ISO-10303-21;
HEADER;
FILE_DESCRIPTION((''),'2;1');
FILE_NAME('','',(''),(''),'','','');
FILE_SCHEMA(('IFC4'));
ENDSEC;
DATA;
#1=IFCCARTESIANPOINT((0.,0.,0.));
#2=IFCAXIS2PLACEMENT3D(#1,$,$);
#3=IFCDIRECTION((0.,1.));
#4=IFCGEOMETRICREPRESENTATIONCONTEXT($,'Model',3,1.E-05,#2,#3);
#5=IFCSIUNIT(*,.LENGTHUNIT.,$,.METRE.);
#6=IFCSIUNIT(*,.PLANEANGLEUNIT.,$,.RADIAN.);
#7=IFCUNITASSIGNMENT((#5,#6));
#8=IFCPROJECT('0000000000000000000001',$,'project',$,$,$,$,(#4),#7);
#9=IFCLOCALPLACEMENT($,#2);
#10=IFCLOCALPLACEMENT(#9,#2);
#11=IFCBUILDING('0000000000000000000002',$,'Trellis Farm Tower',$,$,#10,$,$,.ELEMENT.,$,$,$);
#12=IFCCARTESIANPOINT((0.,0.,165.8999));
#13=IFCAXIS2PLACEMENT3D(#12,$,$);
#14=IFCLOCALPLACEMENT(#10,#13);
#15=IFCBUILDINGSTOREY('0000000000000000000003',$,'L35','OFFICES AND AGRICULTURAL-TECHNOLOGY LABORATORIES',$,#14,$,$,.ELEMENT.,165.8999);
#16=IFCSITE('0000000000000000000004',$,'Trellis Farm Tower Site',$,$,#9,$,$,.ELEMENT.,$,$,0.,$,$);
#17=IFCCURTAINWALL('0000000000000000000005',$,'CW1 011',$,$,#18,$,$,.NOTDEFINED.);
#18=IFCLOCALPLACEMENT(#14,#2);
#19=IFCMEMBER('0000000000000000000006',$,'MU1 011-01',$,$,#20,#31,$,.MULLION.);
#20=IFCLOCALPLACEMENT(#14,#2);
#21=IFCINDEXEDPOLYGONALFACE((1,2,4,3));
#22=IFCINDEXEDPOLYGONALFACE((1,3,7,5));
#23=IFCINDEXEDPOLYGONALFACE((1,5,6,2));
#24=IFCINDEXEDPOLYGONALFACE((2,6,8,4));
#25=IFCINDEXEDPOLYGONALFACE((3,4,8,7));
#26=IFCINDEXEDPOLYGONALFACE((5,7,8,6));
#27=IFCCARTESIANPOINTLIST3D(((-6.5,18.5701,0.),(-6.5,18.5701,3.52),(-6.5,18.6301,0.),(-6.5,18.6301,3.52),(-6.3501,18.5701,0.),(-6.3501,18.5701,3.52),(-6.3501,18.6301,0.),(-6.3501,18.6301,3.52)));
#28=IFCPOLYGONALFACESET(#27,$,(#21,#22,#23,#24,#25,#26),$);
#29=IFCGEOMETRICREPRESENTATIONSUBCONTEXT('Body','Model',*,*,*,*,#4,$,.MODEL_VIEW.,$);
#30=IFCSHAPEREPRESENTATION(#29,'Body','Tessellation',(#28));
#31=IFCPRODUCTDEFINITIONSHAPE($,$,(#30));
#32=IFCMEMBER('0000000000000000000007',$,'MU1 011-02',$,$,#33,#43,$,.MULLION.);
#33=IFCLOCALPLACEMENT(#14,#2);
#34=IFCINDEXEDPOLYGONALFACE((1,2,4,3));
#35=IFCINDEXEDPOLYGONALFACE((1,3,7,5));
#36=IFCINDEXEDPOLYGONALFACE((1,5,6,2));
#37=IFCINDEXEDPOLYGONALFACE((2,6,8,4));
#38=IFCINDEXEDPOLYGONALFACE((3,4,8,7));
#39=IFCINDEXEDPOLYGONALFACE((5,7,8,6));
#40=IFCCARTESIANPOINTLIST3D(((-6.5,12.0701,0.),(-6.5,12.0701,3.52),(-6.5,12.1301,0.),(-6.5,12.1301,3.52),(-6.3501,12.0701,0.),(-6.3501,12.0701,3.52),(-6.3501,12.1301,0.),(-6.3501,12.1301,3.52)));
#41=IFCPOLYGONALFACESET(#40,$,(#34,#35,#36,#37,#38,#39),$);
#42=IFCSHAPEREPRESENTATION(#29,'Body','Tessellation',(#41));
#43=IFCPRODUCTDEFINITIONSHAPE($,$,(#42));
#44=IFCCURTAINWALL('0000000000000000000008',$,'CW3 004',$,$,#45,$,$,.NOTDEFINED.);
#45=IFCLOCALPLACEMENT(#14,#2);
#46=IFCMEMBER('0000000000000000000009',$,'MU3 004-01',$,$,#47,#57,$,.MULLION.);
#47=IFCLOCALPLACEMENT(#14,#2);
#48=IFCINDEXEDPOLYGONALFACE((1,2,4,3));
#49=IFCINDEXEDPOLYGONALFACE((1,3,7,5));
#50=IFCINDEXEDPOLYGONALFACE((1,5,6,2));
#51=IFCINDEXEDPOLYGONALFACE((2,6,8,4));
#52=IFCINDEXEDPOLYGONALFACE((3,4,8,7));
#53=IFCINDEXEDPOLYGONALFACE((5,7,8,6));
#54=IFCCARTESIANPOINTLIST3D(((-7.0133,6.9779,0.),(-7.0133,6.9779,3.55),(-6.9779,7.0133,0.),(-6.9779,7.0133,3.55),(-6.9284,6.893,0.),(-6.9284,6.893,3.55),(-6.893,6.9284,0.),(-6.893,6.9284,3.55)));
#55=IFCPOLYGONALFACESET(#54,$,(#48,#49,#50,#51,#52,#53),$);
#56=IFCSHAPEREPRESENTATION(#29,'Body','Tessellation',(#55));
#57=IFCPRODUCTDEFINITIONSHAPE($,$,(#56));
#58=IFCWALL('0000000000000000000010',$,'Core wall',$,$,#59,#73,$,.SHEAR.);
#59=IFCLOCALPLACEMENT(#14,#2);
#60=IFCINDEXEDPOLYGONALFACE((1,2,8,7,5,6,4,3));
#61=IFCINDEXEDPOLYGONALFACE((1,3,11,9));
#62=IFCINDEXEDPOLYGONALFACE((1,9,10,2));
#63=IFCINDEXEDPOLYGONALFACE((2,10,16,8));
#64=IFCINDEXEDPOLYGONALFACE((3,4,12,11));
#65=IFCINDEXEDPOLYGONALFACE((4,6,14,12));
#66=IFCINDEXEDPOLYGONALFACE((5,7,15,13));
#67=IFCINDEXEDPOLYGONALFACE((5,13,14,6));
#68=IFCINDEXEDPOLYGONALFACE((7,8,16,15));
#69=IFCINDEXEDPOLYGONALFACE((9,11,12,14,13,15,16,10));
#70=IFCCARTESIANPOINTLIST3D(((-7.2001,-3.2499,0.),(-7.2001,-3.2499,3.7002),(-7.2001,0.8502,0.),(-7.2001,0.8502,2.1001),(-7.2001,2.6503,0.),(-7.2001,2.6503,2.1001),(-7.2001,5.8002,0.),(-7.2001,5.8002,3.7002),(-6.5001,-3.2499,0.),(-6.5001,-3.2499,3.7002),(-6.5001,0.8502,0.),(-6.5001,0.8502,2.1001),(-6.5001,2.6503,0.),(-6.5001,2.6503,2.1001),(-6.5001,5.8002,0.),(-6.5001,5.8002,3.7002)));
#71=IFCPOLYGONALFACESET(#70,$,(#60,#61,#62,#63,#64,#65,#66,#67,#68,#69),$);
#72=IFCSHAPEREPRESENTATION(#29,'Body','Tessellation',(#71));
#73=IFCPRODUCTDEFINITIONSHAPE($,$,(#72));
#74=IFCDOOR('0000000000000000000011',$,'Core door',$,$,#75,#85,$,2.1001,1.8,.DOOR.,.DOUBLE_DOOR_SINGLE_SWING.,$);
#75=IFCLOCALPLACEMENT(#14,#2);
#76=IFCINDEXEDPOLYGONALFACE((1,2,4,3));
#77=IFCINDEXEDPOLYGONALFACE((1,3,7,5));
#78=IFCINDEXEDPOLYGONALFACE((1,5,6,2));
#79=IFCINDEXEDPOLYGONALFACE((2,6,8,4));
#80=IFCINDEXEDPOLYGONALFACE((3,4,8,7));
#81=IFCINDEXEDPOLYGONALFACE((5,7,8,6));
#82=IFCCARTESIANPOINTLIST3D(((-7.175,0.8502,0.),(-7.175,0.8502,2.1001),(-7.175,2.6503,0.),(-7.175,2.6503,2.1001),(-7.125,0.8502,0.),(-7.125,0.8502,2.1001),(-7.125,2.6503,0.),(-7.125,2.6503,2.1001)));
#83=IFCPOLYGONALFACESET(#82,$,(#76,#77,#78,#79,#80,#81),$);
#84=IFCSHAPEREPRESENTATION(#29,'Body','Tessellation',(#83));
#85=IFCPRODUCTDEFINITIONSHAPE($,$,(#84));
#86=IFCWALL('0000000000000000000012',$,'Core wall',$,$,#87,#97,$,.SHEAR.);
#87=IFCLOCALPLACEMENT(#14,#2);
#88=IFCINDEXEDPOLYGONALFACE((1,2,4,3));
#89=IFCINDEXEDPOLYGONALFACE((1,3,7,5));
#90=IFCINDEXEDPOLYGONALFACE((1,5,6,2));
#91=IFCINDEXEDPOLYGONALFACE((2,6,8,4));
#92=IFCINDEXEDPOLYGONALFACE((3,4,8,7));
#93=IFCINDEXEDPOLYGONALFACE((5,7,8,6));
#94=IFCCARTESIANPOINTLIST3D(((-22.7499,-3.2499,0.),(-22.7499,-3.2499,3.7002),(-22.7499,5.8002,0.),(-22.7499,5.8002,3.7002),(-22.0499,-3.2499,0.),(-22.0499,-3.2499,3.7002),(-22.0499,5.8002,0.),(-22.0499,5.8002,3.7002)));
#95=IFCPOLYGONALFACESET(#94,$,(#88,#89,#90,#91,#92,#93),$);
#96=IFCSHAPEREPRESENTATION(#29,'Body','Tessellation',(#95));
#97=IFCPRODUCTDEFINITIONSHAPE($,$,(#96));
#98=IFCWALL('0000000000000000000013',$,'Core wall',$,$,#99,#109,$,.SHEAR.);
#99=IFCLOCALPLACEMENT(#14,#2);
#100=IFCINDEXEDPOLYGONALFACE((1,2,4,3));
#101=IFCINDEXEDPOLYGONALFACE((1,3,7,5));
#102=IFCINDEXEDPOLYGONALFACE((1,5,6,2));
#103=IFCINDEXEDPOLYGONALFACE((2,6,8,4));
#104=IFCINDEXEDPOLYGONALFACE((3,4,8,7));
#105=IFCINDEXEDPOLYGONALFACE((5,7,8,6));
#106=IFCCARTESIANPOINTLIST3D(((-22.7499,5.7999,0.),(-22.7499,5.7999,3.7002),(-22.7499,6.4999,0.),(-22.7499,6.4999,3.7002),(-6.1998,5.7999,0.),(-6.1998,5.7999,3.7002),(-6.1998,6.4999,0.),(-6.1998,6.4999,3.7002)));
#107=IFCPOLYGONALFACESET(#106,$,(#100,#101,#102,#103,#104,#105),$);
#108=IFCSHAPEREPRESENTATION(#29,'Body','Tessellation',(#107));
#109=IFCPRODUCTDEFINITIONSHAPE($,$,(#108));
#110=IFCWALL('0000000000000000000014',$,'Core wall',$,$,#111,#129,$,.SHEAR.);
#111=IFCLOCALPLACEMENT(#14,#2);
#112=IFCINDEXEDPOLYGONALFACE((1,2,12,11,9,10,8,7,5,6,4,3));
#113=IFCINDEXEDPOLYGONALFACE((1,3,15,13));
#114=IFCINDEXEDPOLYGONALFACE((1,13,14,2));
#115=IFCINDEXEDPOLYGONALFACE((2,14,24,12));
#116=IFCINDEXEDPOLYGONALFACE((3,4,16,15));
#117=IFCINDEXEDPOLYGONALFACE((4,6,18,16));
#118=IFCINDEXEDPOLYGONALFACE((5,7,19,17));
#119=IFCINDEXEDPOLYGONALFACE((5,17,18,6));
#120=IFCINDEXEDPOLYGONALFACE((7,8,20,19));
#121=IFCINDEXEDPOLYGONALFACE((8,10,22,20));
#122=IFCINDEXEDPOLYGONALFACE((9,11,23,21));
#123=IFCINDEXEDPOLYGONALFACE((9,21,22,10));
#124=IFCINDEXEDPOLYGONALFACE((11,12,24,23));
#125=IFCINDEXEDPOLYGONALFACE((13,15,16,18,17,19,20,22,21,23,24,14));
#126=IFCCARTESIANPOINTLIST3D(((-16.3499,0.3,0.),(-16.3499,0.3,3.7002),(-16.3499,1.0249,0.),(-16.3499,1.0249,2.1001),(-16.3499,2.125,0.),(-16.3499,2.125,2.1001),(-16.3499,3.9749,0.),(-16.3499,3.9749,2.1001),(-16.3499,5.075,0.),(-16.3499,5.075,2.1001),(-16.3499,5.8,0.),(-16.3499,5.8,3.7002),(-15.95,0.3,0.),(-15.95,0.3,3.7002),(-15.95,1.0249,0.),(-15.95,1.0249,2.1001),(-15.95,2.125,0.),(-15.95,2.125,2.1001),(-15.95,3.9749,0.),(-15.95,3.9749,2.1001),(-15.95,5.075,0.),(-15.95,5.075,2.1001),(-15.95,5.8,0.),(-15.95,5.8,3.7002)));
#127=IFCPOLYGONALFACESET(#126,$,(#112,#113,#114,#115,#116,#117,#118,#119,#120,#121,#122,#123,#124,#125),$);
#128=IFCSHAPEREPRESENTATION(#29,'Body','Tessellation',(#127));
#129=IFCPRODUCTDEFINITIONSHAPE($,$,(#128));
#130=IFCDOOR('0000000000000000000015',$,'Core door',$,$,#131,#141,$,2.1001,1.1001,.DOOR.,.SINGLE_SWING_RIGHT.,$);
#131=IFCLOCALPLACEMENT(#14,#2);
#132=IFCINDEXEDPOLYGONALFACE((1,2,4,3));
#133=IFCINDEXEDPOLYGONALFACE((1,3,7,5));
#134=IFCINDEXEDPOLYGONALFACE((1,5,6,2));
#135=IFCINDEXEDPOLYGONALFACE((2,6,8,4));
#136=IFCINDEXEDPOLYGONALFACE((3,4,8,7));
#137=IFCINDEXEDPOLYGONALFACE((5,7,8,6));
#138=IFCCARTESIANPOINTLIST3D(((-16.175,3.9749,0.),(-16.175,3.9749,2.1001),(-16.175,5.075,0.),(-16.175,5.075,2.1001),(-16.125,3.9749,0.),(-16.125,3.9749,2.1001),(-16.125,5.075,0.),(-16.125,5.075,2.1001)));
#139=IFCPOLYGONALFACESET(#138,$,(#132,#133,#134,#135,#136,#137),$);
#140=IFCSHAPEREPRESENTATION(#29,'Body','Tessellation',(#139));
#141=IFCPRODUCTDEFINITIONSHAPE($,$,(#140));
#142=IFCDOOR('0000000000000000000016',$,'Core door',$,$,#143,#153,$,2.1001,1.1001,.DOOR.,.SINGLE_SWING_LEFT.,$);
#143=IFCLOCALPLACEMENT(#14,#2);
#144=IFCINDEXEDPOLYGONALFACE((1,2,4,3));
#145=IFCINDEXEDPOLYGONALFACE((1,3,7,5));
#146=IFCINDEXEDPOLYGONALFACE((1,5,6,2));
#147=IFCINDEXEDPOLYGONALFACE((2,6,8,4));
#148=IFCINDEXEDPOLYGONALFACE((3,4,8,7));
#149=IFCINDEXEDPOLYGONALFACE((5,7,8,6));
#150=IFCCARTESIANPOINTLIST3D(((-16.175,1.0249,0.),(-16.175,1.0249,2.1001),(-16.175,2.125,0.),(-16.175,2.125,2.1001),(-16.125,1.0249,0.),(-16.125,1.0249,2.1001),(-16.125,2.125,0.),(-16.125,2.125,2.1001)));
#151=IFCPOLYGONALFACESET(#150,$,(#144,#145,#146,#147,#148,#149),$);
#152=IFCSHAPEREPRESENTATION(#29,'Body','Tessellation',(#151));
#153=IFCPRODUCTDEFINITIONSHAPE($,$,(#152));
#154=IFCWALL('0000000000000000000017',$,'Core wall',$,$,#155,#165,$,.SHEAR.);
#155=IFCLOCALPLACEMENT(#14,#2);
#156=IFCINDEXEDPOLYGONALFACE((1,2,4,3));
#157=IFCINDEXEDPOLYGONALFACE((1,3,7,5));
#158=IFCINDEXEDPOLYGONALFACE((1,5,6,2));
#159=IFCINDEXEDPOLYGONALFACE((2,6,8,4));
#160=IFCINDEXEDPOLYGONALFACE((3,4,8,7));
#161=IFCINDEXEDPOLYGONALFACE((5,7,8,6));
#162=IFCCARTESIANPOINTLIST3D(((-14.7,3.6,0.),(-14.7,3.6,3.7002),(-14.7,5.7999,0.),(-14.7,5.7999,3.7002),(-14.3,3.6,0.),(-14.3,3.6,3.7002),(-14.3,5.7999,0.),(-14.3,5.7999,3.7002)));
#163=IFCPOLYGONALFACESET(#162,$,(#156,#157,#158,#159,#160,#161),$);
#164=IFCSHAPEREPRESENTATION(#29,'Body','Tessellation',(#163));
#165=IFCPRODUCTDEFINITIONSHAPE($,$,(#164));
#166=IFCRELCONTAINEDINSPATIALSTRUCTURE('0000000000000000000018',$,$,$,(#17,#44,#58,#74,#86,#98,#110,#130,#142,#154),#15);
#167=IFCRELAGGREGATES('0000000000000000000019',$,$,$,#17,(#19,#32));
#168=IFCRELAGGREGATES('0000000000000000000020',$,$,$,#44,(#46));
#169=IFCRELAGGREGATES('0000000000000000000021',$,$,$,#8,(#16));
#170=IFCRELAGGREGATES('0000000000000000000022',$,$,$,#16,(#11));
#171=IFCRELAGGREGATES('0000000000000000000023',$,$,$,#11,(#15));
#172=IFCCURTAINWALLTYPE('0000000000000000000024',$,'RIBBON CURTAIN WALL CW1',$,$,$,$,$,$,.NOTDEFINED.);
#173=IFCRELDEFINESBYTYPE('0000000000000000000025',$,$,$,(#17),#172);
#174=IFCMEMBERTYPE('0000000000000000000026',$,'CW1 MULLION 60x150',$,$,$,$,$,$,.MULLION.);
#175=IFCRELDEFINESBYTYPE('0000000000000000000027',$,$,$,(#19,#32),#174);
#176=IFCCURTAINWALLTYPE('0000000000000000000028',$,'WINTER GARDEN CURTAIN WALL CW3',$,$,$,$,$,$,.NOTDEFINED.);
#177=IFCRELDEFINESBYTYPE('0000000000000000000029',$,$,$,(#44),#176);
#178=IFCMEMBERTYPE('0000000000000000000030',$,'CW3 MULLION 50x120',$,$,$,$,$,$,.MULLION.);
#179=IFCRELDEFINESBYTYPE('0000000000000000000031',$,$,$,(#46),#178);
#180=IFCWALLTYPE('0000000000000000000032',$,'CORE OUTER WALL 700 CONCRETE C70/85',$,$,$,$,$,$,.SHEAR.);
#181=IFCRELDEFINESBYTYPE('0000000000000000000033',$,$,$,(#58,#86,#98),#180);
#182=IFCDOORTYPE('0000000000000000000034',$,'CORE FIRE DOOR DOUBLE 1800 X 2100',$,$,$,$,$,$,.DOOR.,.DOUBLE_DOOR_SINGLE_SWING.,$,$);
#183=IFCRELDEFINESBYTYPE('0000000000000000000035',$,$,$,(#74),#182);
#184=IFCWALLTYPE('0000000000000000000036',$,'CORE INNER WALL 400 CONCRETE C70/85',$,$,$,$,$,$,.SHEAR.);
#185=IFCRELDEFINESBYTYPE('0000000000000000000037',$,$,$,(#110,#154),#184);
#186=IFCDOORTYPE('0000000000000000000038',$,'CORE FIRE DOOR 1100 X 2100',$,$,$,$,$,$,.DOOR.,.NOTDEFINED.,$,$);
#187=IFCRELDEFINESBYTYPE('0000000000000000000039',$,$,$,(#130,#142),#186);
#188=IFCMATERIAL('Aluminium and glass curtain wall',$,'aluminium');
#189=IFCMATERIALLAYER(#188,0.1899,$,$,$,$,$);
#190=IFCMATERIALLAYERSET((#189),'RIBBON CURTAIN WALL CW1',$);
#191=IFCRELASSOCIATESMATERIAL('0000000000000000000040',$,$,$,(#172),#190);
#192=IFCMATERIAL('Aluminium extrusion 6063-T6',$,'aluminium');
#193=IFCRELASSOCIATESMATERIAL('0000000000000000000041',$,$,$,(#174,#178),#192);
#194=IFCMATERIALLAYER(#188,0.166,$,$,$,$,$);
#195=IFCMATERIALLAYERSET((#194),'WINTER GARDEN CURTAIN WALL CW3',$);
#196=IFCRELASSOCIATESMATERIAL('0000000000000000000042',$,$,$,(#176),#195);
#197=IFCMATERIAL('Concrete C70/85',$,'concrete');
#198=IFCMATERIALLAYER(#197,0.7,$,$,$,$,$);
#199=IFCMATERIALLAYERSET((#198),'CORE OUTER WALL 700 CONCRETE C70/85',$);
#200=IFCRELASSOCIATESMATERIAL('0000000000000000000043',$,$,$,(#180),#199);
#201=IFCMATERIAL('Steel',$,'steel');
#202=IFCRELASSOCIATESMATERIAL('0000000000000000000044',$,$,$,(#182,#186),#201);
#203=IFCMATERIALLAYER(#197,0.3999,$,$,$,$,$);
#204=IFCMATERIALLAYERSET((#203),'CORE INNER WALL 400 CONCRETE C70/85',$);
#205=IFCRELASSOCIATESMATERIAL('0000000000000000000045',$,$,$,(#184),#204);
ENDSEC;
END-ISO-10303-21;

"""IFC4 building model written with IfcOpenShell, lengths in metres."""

from ifc_helpers import new_model, si_unit, direction, frame, frame_2d, origin, origin_2d, place, context, subcontext, project, spatial, rectangle, extrude, source, transform, mapped, material, layer, layer_set, material_profile, profile_set, type_object, element, fill, aggregate, save


model = new_model("IFC4")

# Units and contexts
model_context = context("Model", 3, precision=1e-05, world=origin(), true_north=direction((0.0, 1.0)))
body_context = subcontext(model_context, "Body", "Model", "MODEL_VIEW")
ifc_project = project(units=[si_unit("LENGTHUNIT", "METRE"), si_unit("PLANEANGLEUNIT", "RADIAN")], contexts=[model_context])

# Site, building, storey
site_placement = place(None, origin())
site = spatial("IfcSite", under=ifc_project, at=site_placement, Name="Trellis Farm Tower Site", CompositionType="ELEMENT", RefElevation=0.0)
building_placement = place(site_placement, origin())
building = spatial("IfcBuilding", under=site, at=building_placement, Name="Trellis Farm Tower", CompositionType="ELEMENT")
storey_placement = place(building_placement, frame((0.0, 0.0, 165.8999)))
storey = spatial("IfcBuildingStorey", under=building, at=storey_placement, Name="L35", Description="OFFICES AND AGRICULTURAL-TECHNOLOGY LABORATORIES", CompositionType="ELEMENT", Elevation=165.8999)

# Shared definitions
ifc_material_1 = material(Name="Concrete C70/85", Category="concrete")

# Shared definitions
ifc_material_2 = material(Name="Aluminium and glass curtain wall", Category="aluminium")
ifc_layer_1 = layer(ifc_material_2, 0.1899)
ifc_layer_set_1 = layer_set([ifc_layer_1], Name="RIBBON CURTAIN WALL CW1")
curtain_wall_type_1 = type_object("IfcCurtainWallType", Name="RIBBON CURTAIN WALL CW1", PredefinedType="NOTDEFINED", material=ifc_layer_set_1)
placement = place(storey_placement, origin())
ifc_material_3 = material(Name="Aluminium extrusion 6063-T6", Category="aluminium")
ifc_material_profile_1 = material_profile(ifc_material_3, rectangle(XDim=0.0601, YDim=0.1499, at=origin_2d()), Name="MULLION 60x150")
ifc_profile_set_1 = profile_set([ifc_material_profile_1], Name="Aluminium extrusion 6063-T6")
member_type_1 = type_object("IfcMemberType", Name="CW1 MULLION 60x150", PredefinedType="MULLION", material=ifc_profile_set_1)
shared_shape_1 = source(origin(), body_context, "Body", "SweptSolid", [
    extrude(rectangle(XDim=0.0601, YDim=0.1499, at=origin_2d()), origin(), (0.0, 0.0, 1.0), 3.52),
])

# Curtain wall, members
curtain_wall_1 = element("IfcCurtainWall", 1, at=placement, inside=storey, type_object=curtain_wall_type_1, Name="CW1 011", PredefinedType="NOTDEFINED")
member_1_placement = place(storey_placement, frame((-6.425, 18.6001, 0.0), z_axis=(0.0, 0.0, 1.0), x_axis=(0.0, -1.0, 0.0)))
member_1 = element("IfcMember", 2, at=member_1_placement, type_object=member_type_1, Name="MU1 011-01", PredefinedType="MULLION", context=body_context, shape_type="MappedRepresentation", body=[
    mapped(shared_shape_1, transform((0.0, 0.0, 0.0))),
])
member_2_placement = place(storey_placement, frame((-6.425, 12.1001, 0.0), z_axis=(0.0, 0.0, 1.0), x_axis=(0.0, -1.0, 0.0)))
member_2 = element("IfcMember", 3, at=member_2_placement, type_object=member_type_1, Name="MU1 011-02", PredefinedType="MULLION", context=body_context, shape_type="MappedRepresentation", body=[
    mapped(shared_shape_1, transform((0.0, 0.0, 0.0))),
])
aggregate(curtain_wall_1, [member_1, member_2])

# Curtain wall, member
ifc_layer_2 = layer(ifc_material_2, 0.166)
ifc_layer_set_2 = layer_set([ifc_layer_2], Name="WINTER GARDEN CURTAIN WALL CW3")
curtain_wall_type_2 = type_object("IfcCurtainWallType", Name="WINTER GARDEN CURTAIN WALL CW3", PredefinedType="NOTDEFINED", material=ifc_layer_set_2)
curtain_wall_2 = element("IfcCurtainWall", 4, at=placement, inside=storey, type_object=curtain_wall_type_2, Name="CW3 004", PredefinedType="NOTDEFINED")
ifc_material_profile_2 = material_profile(ifc_material_3, rectangle(XDim=0.05, YDim=0.1201, at=origin_2d()), Name="MULLION 50x120")
ifc_profile_set_2 = profile_set([ifc_material_profile_2], Name="Aluminium extrusion 6063-T6")
member_type_2 = type_object("IfcMemberType", Name="CW3 MULLION 50x120", PredefinedType="MULLION", material=ifc_profile_set_2)
shared_shape_2 = source(origin(), body_context, "Body", "SweptSolid", [
    extrude(rectangle(XDim=0.05, YDim=0.1201, at=origin_2d()), origin(), (0.0, 0.0, 1.0), 3.55),
])
member_3_placement = place(storey_placement, frame((-6.9531, 6.9531, 0.0), z_axis=(0.0, 0.0, 1.0), x_axis=(-0.707107, -0.707107, 0.0)))
member_3 = element("IfcMember", 5, at=member_3_placement, type_object=member_type_2, Name="MU3 004-01", PredefinedType="MULLION", context=body_context, shape_type="MappedRepresentation", body=[
    mapped(shared_shape_2, transform((0.0, 0.0, 0.0))),
])
aggregate(curtain_wall_2, [member_3])

# Wall, opening, door
ifc_layer_3 = layer(ifc_material_1, 0.7)
ifc_layer_set_3 = layer_set([ifc_layer_3], Name="CORE OUTER WALL 700 CONCRETE C70/85")
wall_type_1 = type_object("IfcWallType", Name="CORE OUTER WALL 700 CONCRETE C70/85", PredefinedType="SHEAR", material=ifc_layer_set_3)
shared_shape_3 = source(origin(), body_context, "Body", "SweptSolid", [
    extrude(rectangle(XDim=9.05, YDim=0.7, at=frame_2d((4.5249, 0.0))), origin(), (0.0, 0.0, 1.0), 3.7002),
])
wall_1_placement = place(storey_placement, frame((-6.8501, 5.8, 0.0), z_axis=(0.0, 0.0, 1.0), x_axis=(0.0, -1.0, 0.0)))
wall_1 = element("IfcWall", 6, at=wall_1_placement, inside=storey, type_object=wall_type_1, Name="Core wall", PredefinedType="SHEAR", context=body_context, shape_type="MappedRepresentation", body=[
    mapped(shared_shape_3, transform((0.0, 0.0, 0.0))),
])
shared_shape_4 = source(origin(), body_context, "Body", "SweptSolid", [
    extrude(rectangle(XDim=1.8, YDim=2.1001, at=frame_2d((0.8999, 1.05))), frame((0.0, 0.3601, 0.0), z_axis=(0.0, -1.0, 0.0), x_axis=(1.0, 0.0, 0.0)), (0.0, 0.0, 1.0), 0.7202),
])
opening_1_placement = place(wall_1_placement, frame((3.1499, 0.0, 0.0)))
opening_1 = element("IfcOpeningElement", 7, at=opening_1_placement, cuts=wall_1, PredefinedType="OPENING", context=body_context, shape_type="MappedRepresentation", body=[
    mapped(shared_shape_4, transform((0.0, 0.0, 0.0))),
])
ifc_material_4 = material(Name="Steel", Category="steel")
door_type_1 = type_object("IfcDoorType", Name="CORE FIRE DOOR DOUBLE 1800 X 2100", OperationType="DOUBLE_DOOR_SINGLE_SWING", PredefinedType="DOOR", material=ifc_material_4)
shared_shape_5 = source(origin(), body_context, "Body", "SweptSolid", [
    extrude(rectangle(XDim=1.8, YDim=2.1001, at=frame_2d((0.8999, 1.05))), frame((0.0, -0.2749, 0.0), z_axis=(0.0, -1.0, 0.0), x_axis=(1.0, 0.0, 0.0)), (0.0, 0.0, 1.0), 0.05),
])
door_1_placement = place(opening_1_placement, origin())
door_1 = element("IfcDoor", 8, at=door_1_placement, inside=storey, type_object=door_type_1, Name="Core door", OperationType="DOUBLE_DOOR_SINGLE_SWING", OverallHeight=2.1001, OverallWidth=1.8, PredefinedType="DOOR", context=body_context, shape_type="MappedRepresentation", body=[
    mapped(shared_shape_5, transform((0.0, 0.0, 0.0))),
])
fill(opening_1, door_1)

# Walls
wall_2_placement = place(storey_placement, frame((-22.3999, 5.8, 0.0), z_axis=(0.0, 0.0, 1.0), x_axis=(0.0, -1.0, 0.0)))
element("IfcWall", 9, at=wall_2_placement, inside=storey, type_object=wall_type_1, Name="Core wall", PredefinedType="SHEAR", context=body_context, shape_type="MappedRepresentation", body=[
    mapped(shared_shape_3, transform((0.0, 0.0, 0.0))),
])
shared_shape_6 = source(origin(), body_context, "Body", "SweptSolid", [
    extrude(rectangle(XDim=16.55, YDim=0.7, at=frame_2d((8.2749, 0.0))), origin(), (0.0, 0.0, 1.0), 3.7002),
])
wall_3_placement = place(storey_placement, frame((-6.2, 6.1499, 0.0), z_axis=(0.0, 0.0, 1.0), x_axis=(-1.0, 0.0, 0.0)))
element("IfcWall", 10, at=wall_3_placement, inside=storey, type_object=wall_type_1, Name="Core wall", PredefinedType="SHEAR", context=body_context, shape_type="MappedRepresentation", body=[
    mapped(shared_shape_6, transform((0.0, 0.0, 0.0))),
])

# Wall, openings, doors
ifc_layer_4 = layer(ifc_material_1, 0.3999)
ifc_layer_set_4 = layer_set([ifc_layer_4], Name="CORE INNER WALL 400 CONCRETE C70/85")
wall_type_2 = type_object("IfcWallType", Name="CORE INNER WALL 400 CONCRETE C70/85", PredefinedType="SHEAR", material=ifc_layer_set_4)
shared_shape_7 = source(origin(), body_context, "Body", "SweptSolid", [
    extrude(rectangle(XDim=5.5, YDim=0.3999, at=frame_2d((2.75, 0.0))), origin(), (0.0, 0.0, 1.0), 3.7002),
])
wall_4_placement = place(storey_placement, frame((-16.1499, 5.8, 0.0), z_axis=(0.0, 0.0, 1.0), x_axis=(0.0, -1.0, 0.0)))
wall_4 = element("IfcWall", 11, at=wall_4_placement, inside=storey, type_object=wall_type_2, Name="Core wall", PredefinedType="SHEAR", context=body_context, shape_type="MappedRepresentation", body=[
    mapped(shared_shape_7, transform((0.0, 0.0, 0.0))),
])
shared_shape_8 = source(origin(), body_context, "Body", "SweptSolid", [
    extrude(rectangle(XDim=1.1001, YDim=2.1001, at=frame_2d((0.55, 1.05))), frame((0.0, 0.21, 0.0), z_axis=(0.0, -1.0, 0.0), x_axis=(1.0, 0.0, 0.0)), (0.0, 0.0, 1.0), 0.4199),
])
opening_2_placement = place(wall_4_placement, frame((0.7251, 0.0, 0.0)))
opening_2 = element("IfcOpeningElement", 12, at=opening_2_placement, cuts=wall_4, PredefinedType="OPENING", context=body_context, shape_type="MappedRepresentation", body=[
    mapped(shared_shape_8, transform((0.0, 0.0, 0.0))),
])
opening_3_placement = place(wall_4_placement, frame((3.675, 0.0, 0.0)))
opening_3 = element("IfcOpeningElement", 13, at=opening_3_placement, cuts=wall_4, PredefinedType="OPENING", context=body_context, shape_type="MappedRepresentation", body=[
    mapped(shared_shape_8, transform((0.0, 0.0, 0.0))),
])
door_type_2 = type_object("IfcDoorType", Name="CORE FIRE DOOR 1100 X 2100", OperationType="NOTDEFINED", PredefinedType="DOOR", material=ifc_material_4)
shared_shape_9 = source(origin(), body_context, "Body", "SweptSolid", [
    extrude(rectangle(XDim=1.1001, YDim=2.1001, at=frame_2d((0.55, 1.05))), frame((0.0, 0.0249, 0.0), z_axis=(0.0, -1.0, 0.0), x_axis=(1.0, 0.0, 0.0)), (0.0, 0.0, 1.0), 0.05),
])
door_2_placement = place(opening_2_placement, origin())
door_2 = element("IfcDoor", 14, at=door_2_placement, inside=storey, type_object=door_type_2, Name="Core door", OperationType="SINGLE_SWING_RIGHT", OverallHeight=2.1001, OverallWidth=1.1001, PredefinedType="DOOR", context=body_context, shape_type="MappedRepresentation", body=[
    mapped(shared_shape_9, transform((0.0, 0.0, 0.0))),
])
fill(opening_2, door_2)
door_3_placement = place(opening_3_placement, origin())
door_3 = element("IfcDoor", 15, at=door_3_placement, inside=storey, type_object=door_type_2, Name="Core door", OperationType="SINGLE_SWING_LEFT", OverallHeight=2.1001, OverallWidth=1.1001, PredefinedType="DOOR", context=body_context, shape_type="MappedRepresentation", body=[
    mapped(shared_shape_9, transform((0.0, 0.0, 0.0))),
])
fill(opening_3, door_3)

# Wall
shared_shape_10 = source(origin(), body_context, "Body", "SweptSolid", [
    extrude(rectangle(XDim=2.2, YDim=0.3999, at=frame_2d((1.1001, 0.0))), origin(), (0.0, 0.0, 1.0), 3.7002),
])
wall_5_placement = place(storey_placement, frame((-14.5, 5.8, 0.0), z_axis=(0.0, 0.0, 1.0), x_axis=(0.0, -1.0, 0.0)))
element("IfcWall", 16, at=wall_5_placement, inside=storey, type_object=wall_type_2, Name="Core wall", PredefinedType="SHEAR", context=body_context, shape_type="MappedRepresentation", body=[
    mapped(shared_shape_10, transform((0.0, 0.0, 0.0))),
])

save(model, "model.ifc")
